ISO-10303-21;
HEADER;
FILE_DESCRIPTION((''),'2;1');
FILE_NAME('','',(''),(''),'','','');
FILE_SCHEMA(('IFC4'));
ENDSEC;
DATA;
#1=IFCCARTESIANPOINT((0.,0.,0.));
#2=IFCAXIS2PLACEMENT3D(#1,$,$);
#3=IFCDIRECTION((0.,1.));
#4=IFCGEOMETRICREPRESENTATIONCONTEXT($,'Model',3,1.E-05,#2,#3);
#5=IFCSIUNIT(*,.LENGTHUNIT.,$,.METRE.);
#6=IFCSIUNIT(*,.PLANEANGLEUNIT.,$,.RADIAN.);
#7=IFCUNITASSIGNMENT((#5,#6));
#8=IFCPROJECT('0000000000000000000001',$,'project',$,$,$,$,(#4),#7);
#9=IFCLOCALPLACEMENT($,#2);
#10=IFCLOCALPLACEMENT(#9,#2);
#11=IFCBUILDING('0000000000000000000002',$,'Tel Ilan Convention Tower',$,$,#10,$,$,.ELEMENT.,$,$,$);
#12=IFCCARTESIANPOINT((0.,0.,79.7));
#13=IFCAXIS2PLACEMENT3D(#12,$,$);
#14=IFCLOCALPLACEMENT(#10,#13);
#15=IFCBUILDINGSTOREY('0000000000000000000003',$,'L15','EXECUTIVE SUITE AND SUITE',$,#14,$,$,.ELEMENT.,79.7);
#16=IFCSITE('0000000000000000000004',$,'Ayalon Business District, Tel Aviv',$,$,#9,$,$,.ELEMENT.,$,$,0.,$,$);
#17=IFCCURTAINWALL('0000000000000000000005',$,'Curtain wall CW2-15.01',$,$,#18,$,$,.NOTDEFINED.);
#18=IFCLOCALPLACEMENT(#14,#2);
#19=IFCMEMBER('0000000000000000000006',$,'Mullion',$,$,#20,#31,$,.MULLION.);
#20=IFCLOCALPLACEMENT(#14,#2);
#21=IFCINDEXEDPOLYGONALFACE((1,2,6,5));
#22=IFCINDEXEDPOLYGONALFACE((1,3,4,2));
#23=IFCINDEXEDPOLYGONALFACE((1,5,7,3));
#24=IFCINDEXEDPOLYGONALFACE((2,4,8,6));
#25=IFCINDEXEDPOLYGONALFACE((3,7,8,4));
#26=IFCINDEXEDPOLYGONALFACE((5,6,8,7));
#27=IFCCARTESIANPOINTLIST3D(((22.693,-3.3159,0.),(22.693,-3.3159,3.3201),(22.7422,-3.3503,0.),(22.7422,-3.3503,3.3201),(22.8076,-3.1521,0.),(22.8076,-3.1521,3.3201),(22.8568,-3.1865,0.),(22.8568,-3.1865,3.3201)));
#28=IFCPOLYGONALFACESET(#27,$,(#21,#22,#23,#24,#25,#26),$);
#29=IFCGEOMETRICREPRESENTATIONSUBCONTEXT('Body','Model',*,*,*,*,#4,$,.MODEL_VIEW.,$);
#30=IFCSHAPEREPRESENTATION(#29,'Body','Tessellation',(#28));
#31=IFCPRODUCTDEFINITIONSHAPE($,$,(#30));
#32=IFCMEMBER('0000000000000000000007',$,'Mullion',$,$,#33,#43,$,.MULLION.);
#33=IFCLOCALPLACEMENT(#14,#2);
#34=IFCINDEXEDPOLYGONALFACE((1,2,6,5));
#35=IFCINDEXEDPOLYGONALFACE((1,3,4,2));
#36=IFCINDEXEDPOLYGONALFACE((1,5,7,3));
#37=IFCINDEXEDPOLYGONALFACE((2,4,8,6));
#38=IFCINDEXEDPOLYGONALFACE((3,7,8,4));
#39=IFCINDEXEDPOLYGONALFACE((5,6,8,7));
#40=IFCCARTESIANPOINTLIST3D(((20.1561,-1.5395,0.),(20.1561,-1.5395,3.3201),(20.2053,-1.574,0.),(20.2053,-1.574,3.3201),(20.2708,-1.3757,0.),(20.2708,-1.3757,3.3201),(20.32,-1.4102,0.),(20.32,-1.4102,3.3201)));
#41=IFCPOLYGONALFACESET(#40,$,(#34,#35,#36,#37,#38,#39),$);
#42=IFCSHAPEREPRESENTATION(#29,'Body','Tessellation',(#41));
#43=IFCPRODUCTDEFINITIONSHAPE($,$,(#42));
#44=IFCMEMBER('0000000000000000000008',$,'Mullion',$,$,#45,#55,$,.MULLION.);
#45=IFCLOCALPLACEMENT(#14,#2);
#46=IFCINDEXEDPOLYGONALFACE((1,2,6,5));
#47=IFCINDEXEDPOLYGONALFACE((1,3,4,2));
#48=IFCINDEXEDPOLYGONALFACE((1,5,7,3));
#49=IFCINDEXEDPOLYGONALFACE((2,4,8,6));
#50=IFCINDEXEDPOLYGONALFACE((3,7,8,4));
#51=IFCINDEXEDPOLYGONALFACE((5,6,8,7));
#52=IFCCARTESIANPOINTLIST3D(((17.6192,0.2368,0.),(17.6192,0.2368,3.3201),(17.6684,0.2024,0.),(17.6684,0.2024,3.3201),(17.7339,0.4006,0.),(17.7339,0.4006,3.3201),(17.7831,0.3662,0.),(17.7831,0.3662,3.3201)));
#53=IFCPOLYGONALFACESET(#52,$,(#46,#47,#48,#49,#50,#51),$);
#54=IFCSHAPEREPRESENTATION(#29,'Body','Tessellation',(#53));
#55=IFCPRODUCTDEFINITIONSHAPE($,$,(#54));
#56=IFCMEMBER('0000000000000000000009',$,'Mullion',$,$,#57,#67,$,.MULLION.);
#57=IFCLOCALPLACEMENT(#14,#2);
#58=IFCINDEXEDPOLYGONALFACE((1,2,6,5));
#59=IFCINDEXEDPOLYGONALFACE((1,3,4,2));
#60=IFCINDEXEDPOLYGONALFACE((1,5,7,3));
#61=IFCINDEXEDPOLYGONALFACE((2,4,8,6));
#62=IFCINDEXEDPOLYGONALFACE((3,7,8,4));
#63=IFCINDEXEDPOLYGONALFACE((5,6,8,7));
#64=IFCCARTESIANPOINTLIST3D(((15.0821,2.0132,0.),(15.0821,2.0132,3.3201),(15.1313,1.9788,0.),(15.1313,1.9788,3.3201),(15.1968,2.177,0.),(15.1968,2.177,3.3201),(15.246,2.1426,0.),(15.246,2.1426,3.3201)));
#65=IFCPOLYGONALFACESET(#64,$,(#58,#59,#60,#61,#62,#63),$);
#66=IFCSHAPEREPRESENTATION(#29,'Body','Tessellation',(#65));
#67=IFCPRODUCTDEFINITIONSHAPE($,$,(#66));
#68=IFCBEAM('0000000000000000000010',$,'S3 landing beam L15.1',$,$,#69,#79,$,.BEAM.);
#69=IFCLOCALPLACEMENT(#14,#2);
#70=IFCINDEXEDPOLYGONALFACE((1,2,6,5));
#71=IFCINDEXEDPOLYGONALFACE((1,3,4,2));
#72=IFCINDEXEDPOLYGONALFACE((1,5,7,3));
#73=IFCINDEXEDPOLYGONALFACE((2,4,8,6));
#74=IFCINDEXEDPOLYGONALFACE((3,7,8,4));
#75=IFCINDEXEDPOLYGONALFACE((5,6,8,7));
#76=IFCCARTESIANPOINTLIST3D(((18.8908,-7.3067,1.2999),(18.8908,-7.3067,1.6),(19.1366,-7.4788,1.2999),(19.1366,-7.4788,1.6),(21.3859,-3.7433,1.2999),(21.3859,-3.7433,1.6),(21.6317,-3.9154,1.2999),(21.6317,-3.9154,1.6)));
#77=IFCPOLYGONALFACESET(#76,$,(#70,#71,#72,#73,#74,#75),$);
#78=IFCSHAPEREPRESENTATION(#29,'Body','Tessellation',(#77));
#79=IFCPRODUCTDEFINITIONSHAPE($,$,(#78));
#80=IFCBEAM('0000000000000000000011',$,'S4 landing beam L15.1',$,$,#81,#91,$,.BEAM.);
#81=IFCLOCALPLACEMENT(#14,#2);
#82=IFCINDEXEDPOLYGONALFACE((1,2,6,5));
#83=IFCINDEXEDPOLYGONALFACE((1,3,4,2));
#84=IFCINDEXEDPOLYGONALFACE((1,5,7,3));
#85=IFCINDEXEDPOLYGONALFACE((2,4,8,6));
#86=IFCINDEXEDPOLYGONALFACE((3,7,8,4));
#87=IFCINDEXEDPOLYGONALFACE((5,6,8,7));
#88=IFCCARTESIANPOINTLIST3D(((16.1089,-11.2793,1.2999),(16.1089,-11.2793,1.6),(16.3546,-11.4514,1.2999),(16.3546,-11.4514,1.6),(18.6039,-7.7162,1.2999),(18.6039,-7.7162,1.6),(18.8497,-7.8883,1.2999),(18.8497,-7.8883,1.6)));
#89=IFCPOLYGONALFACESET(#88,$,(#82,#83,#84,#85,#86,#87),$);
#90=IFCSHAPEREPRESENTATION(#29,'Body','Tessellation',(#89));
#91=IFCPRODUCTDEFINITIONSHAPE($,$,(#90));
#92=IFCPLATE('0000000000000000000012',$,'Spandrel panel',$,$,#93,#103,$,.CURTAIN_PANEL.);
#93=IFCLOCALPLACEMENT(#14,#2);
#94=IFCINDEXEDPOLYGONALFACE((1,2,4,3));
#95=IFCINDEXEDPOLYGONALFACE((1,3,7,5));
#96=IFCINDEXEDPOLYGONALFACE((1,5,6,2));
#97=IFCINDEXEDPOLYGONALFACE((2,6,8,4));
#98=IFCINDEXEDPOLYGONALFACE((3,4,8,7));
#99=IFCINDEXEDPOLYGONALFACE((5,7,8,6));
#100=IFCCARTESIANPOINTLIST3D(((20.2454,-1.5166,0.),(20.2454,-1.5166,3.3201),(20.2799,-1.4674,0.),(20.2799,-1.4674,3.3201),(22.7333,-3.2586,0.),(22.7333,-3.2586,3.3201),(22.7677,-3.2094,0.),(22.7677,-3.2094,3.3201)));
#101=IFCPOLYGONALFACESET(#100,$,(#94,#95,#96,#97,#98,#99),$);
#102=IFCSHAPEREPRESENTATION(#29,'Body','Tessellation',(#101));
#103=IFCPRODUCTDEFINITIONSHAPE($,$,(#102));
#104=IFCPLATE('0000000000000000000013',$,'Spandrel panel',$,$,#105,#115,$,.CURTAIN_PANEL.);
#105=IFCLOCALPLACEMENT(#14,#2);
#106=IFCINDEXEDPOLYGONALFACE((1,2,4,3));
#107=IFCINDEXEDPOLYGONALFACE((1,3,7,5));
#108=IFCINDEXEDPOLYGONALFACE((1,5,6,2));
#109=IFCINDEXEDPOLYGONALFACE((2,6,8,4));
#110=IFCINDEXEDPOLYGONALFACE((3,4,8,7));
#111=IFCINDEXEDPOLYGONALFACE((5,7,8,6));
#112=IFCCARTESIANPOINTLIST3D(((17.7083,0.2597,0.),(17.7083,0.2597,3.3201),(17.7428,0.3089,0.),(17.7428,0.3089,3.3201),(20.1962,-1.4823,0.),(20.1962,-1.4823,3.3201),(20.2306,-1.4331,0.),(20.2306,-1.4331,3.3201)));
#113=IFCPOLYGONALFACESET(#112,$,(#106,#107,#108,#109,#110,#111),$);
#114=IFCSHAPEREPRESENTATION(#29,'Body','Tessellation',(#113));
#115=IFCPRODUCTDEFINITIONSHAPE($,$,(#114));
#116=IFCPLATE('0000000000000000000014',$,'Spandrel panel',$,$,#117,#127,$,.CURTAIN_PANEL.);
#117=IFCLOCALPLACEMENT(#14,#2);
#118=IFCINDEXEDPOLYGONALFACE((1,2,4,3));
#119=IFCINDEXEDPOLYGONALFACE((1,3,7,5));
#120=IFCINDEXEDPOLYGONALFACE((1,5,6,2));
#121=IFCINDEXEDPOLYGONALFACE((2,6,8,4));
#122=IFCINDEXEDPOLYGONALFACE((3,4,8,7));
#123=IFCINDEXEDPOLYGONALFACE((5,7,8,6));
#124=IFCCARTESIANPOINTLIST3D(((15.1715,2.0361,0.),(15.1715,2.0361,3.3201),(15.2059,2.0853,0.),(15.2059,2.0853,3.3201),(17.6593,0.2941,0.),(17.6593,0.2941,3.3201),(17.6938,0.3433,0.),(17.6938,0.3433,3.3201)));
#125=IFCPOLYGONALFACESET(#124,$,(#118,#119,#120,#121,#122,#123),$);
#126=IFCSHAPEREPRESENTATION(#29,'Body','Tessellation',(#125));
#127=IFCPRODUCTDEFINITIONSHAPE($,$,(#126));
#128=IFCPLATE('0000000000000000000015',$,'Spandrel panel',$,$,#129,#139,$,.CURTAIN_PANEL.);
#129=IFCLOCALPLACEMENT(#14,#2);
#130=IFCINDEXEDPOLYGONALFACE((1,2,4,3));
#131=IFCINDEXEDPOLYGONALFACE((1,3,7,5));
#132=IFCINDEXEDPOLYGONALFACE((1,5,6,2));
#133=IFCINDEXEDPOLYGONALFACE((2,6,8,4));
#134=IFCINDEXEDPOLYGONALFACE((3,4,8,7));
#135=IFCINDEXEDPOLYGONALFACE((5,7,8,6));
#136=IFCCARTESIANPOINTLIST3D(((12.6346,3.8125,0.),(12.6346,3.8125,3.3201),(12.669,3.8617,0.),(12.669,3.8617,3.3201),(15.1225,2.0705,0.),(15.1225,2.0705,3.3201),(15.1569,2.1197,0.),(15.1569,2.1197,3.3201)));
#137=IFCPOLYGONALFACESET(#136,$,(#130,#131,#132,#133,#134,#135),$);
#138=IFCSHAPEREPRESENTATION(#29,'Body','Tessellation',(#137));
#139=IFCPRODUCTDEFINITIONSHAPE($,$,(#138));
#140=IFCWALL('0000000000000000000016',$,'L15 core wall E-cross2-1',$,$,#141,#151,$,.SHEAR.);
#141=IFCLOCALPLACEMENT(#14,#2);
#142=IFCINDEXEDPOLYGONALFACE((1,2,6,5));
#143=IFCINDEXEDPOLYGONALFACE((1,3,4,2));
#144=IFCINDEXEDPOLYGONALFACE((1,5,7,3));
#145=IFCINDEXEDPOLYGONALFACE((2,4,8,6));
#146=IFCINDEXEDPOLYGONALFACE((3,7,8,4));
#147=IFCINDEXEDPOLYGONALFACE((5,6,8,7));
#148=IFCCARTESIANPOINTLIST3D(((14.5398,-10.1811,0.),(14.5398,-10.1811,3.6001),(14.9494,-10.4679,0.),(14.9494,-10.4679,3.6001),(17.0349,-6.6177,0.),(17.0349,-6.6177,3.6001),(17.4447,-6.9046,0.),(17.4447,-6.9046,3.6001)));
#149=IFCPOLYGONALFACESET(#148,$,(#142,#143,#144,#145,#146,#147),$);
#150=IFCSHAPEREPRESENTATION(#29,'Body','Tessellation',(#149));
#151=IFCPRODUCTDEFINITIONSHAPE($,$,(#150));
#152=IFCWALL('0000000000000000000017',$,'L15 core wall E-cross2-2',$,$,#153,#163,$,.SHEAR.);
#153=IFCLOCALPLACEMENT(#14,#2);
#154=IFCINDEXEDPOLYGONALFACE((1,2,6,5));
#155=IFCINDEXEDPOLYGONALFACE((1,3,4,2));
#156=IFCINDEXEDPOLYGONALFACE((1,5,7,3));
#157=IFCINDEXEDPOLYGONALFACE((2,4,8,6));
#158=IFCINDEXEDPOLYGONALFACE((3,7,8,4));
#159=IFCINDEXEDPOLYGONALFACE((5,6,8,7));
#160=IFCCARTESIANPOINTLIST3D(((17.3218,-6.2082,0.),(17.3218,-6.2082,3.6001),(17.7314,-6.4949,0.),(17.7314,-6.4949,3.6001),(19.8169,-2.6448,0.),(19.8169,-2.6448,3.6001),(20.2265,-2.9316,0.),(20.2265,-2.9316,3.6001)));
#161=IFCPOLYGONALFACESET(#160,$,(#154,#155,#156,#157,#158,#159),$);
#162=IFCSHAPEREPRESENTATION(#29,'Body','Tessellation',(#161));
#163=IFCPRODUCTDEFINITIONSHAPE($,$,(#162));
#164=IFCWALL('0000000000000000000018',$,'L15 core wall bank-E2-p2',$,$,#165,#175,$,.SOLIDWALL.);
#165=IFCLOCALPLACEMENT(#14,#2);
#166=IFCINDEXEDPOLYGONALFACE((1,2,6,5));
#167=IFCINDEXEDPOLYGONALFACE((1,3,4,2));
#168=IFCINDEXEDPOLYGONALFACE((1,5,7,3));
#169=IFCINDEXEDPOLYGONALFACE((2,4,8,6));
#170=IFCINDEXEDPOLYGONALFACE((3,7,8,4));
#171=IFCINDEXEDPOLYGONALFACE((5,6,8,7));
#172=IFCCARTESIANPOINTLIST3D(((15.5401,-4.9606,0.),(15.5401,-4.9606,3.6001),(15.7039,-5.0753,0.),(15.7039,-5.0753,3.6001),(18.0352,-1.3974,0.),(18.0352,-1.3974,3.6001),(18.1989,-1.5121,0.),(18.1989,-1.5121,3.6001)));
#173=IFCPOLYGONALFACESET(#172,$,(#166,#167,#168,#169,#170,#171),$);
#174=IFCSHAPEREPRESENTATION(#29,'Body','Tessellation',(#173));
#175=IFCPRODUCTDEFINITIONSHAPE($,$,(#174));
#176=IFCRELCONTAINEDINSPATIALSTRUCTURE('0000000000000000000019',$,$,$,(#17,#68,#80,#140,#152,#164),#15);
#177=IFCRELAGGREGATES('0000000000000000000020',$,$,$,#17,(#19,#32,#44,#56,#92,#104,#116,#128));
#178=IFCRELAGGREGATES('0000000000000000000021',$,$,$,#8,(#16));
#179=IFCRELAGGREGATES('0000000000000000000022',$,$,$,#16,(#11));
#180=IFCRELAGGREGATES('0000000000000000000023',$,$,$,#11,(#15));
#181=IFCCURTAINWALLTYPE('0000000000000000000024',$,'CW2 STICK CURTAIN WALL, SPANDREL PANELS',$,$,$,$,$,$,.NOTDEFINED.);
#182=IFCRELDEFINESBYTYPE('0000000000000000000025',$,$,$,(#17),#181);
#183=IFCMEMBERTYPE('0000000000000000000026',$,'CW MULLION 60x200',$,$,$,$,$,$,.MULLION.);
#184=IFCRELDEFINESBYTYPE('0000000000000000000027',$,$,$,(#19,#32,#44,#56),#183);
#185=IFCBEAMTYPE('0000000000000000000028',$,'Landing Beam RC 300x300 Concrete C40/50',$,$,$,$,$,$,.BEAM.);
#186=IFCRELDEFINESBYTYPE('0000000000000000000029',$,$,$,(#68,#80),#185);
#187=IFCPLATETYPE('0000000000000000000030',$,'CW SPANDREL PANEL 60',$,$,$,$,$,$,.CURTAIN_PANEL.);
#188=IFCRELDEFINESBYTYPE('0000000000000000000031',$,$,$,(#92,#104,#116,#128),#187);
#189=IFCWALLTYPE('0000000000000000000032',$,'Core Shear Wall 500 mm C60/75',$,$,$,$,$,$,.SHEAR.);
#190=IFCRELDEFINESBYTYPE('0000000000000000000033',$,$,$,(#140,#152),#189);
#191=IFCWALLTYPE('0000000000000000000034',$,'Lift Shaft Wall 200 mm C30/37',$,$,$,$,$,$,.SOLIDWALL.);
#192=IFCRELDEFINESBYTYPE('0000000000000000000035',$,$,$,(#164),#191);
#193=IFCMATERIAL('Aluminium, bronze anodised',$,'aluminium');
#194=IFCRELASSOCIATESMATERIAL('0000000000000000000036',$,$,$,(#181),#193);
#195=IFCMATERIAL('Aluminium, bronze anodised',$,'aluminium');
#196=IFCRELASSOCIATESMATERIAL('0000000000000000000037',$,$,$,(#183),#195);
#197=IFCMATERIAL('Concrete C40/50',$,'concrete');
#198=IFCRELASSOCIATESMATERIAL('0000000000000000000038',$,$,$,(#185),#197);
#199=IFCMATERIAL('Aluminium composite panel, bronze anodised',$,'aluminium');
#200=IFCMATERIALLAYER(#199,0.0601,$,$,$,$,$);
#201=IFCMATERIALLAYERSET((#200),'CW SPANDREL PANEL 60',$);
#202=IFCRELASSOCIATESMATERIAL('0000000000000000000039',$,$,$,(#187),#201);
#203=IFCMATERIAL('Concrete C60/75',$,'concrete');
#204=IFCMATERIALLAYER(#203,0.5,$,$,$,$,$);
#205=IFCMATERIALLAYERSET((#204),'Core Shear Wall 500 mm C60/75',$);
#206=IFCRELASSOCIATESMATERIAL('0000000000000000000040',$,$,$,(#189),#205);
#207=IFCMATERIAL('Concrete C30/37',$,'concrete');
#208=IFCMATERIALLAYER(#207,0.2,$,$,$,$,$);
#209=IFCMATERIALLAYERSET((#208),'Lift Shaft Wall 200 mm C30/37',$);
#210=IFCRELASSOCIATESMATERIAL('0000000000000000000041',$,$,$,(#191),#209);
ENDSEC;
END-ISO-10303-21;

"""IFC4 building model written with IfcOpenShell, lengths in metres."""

from ifc_helpers import new_model, si_unit, direction, frame, frame_2d, origin, origin_2d, place, context, subcontext, project, spatial, polyline, rectangle, outline, extrude, material, layer, layer_set, material_profile, profile_set, type_object, element, aggregate, save


model = new_model("IFC4")

# Units and contexts
model_context = context("Model", 3, precision=1e-05, world=origin(), true_north=direction((0.0, 1.0)))
body_context = subcontext(model_context, "Body", "Model", "MODEL_VIEW")
ifc_project = project(units=[si_unit("LENGTHUNIT", "METRE"), si_unit("PLANEANGLEUNIT", "RADIAN")], contexts=[model_context])

# Site, building, storey
site_placement = place(None, origin())
site = spatial("IfcSite", under=ifc_project, at=site_placement, Name="Ayalon Business District, Tel Aviv", CompositionType="ELEMENT", RefElevation=0.0)
building_placement = place(site_placement, origin())
building = spatial("IfcBuilding", under=site, at=building_placement, Name="Tel Ilan Convention Tower", CompositionType="ELEMENT")
storey_placement = place(building_placement, frame((0.0, 0.0, 79.7)))
storey = spatial("IfcBuildingStorey", under=building, at=storey_placement, Name="L15", Description="EXECUTIVE SUITE AND SUITE", CompositionType="ELEMENT", Elevation=79.7)

# Curtain wall, members
ifc_material_1 = material(Name="Aluminium, bronze anodised", Category="aluminium")
curtain_wall_type = type_object("IfcCurtainWallType", Name="CW2 STICK CURTAIN WALL, SPANDREL PANELS", PredefinedType="NOTDEFINED", material=ifc_material_1)
curtain_wall_placement = place(storey_placement, origin())
curtain_wall = element("IfcCurtainWall", 1, at=curtain_wall_placement, inside=storey, type_object=curtain_wall_type, Name="Curtain wall CW2-15.01", PredefinedType="NOTDEFINED")
ifc_material_2 = material(Name="Aluminium, bronze anodised", Category="aluminium")
ifc_material_profile_1 = material_profile(ifc_material_2, rectangle(XDim=0.0601, YDim=0.2, at=origin_2d()), Name="CW MULLION 60x200")
ifc_profile_set_1 = profile_set([ifc_material_profile_1], Name="Aluminium, bronze anodised")
member_type = type_object("IfcMemberType", Name="CW MULLION 60x200", PredefinedType="MULLION", material=ifc_profile_set_1)
member_1_placement = place(storey_placement, frame((22.7749, -3.2512, 0.0), z_axis=(0.0, 0.0, 1.0), x_axis=(-0.819152, 0.573576, 0.0)))
member_1 = element("IfcMember", 2, at=member_1_placement, type_object=member_type, Name="Mullion", PredefinedType="MULLION", context=body_context, shape_type="SweptSolid", body=[
    extrude(rectangle(XDim=0.0601, YDim=0.2, at=origin_2d()), origin(), (0.0, 0.0, 1.0), 3.3201),
])
member_2_placement = place(storey_placement, frame((20.238, -1.4749, 0.0), z_axis=(0.0, 0.0, 1.0), x_axis=(-0.819152, 0.573576, 0.0)))
member_2 = element("IfcMember", 3, at=member_2_placement, type_object=member_type, Name="Mullion", PredefinedType="MULLION", context=body_context, shape_type="SweptSolid", body=[
    extrude(rectangle(XDim=0.0601, YDim=0.2, at=origin_2d()), origin(), (0.0, 0.0, 1.0), 3.3201),
])
member_3_placement = place(storey_placement, frame((17.7012, 0.3015, 0.0), z_axis=(0.0, 0.0, 1.0), x_axis=(-0.819152, 0.573576, 0.0)))
member_3 = element("IfcMember", 4, at=member_3_placement, type_object=member_type, Name="Mullion", PredefinedType="MULLION", context=body_context, shape_type="SweptSolid", body=[
    extrude(rectangle(XDim=0.0601, YDim=0.2, at=origin_2d()), origin(), (0.0, 0.0, 1.0), 3.3201),
])
member_4_placement = place(storey_placement, frame((15.1641, 2.0779, 0.0), z_axis=(0.0, 0.0, 1.0), x_axis=(-0.819152, 0.573576, 0.0)))
member_4 = element("IfcMember", 5, at=member_4_placement, type_object=member_type, Name="Mullion", PredefinedType="MULLION", context=body_context, shape_type="SweptSolid", body=[
    extrude(rectangle(XDim=0.0601, YDim=0.2, at=origin_2d()), origin(), (0.0, 0.0, 1.0), 3.3201),
])

# Beams
ifc_material_3 = material(Name="Concrete C40/50", Category="concrete")
ifc_material_profile_2 = material_profile(ifc_material_3, rectangle(XDim=0.3, YDim=0.3, at=origin_2d()), Name="RC 300x300")
ifc_profile_set_2 = profile_set([ifc_material_profile_2], Name="Concrete C40/50")
beam_type = type_object("IfcBeamType", Name="Landing Beam RC 300x300 Concrete C40/50", PredefinedType="BEAM", material=ifc_profile_set_2)
beam_1_placement = place(storey_placement, frame((21.5088, -3.8293, 1.45), z_axis=(-0.573568, -0.819158, 0.0), x_axis=(0.819158, -0.573568, 0.0)))
element("IfcBeam", 6, at=beam_1_placement, inside=storey, type_object=beam_type, Name="S3 landing beam L15.1", PredefinedType="BEAM", context=body_context, shape_type="SweptSolid", body=[
    extrude(rectangle(XDim=0.3, YDim=0.3, at=origin_2d()), origin(), (0.0, 0.0, 1.0), 4.3501),
])
beam_2_placement = place(storey_placement, frame((18.7268, -7.8022, 1.45), z_axis=(-0.573594, -0.81914, 0.0), x_axis=(0.81914, -0.573594, 0.0)))
element("IfcBeam", 7, at=beam_2_placement, inside=storey, type_object=beam_type, Name="S4 landing beam L15.1", PredefinedType="BEAM", context=body_context, shape_type="SweptSolid", body=[
    extrude(rectangle(XDim=0.3, YDim=0.3, at=origin_2d()), origin(), (0.0, 0.0, 1.0), 4.3499),
])

# Plates
ifc_material_4 = material(Name="Aluminium composite panel, bronze anodised", Category="aluminium")
ifc_layer_1 = layer(ifc_material_4, 0.0601)
ifc_layer_set_1 = layer_set([ifc_layer_1], Name="CW SPANDREL PANEL 60")
plate_type = type_object("IfcPlateType", Name="CW SPANDREL PANEL 60", PredefinedType="CURTAIN_PANEL", material=ifc_layer_set_1)
plate_1_placement = place(storey_placement, frame((21.5066, -2.363, 0.0), z_axis=(0.0, 0.0, 1.0), x_axis=(-0.819152, 0.573576, 0.0)))
plate_1 = element("IfcPlate", 8, at=plate_1_placement, type_object=plate_type, Name="Spandrel panel", PredefinedType="CURTAIN_PANEL", context=body_context, shape_type="SweptSolid", body=[
    extrude(rectangle(XDim=3.0371, YDim=0.0601, at=origin_2d()), origin(), (0.0, 0.0, 1.0), 3.3201),
])
plate_2_placement = place(storey_placement, frame((18.9695, -0.5867, 0.0), z_axis=(0.0, 0.0, 1.0), x_axis=(-0.819152, 0.573576, 0.0)))
plate_2 = element("IfcPlate", 9, at=plate_2_placement, type_object=plate_type, Name="Spandrel panel", PredefinedType="CURTAIN_PANEL", context=body_context, shape_type="SweptSolid", body=[
    extrude(rectangle(XDim=3.0371, YDim=0.0601, at=origin_2d()), origin(), (0.0, 0.0, 1.0), 3.3201),
])
plate_3_placement = place(storey_placement, frame((16.4326, 1.1897, 0.0), z_axis=(0.0, 0.0, 1.0), x_axis=(-0.819152, 0.573576, 0.0)))
plate_3 = element("IfcPlate", 10, at=plate_3_placement, type_object=plate_type, Name="Spandrel panel", PredefinedType="CURTAIN_PANEL", context=body_context, shape_type="SweptSolid", body=[
    extrude(rectangle(XDim=3.0371, YDim=0.0601, at=origin_2d()), origin(), (0.0, 0.0, 1.0), 3.3201),
])
plate_4_placement = place(storey_placement, frame((13.8958, 2.9661, 0.0), z_axis=(0.0, 0.0, 1.0), x_axis=(-0.819152, 0.573576, 0.0)))
plate_4 = element("IfcPlate", 11, at=plate_4_placement, type_object=plate_type, Name="Spandrel panel", PredefinedType="CURTAIN_PANEL", context=body_context, shape_type="SweptSolid", body=[
    extrude(rectangle(XDim=3.0371, YDim=0.0601, at=origin_2d()), origin(), (0.0, 0.0, 1.0), 3.3201),
])
aggregate(curtain_wall, [member_1, member_2, member_3, member_4, plate_1, plate_2, plate_3, plate_4])

# Walls
ifc_material_5 = material(Name="Concrete C60/75", Category="concrete")
ifc_layer_2 = layer(ifc_material_5, 0.5)
ifc_layer_set_2 = layer_set([ifc_layer_2], Name="Core Shear Wall 500 mm C60/75")
wall_type_1 = type_object("IfcWallType", Name="Core Shear Wall 500 mm C60/75", PredefinedType="SHEAR", material=ifc_layer_set_2)
wall_1_placement = place(storey_placement, frame((14.7446, -10.3245, 0.0), z_axis=(0.0, 0.0, 1.0), x_axis=(0.573568, 0.819158, 0.0)))
element("IfcWall", 12, at=wall_1_placement, inside=storey, type_object=wall_type_1, Name="L15 core wall E-cross2-1", PredefinedType="SHEAR", context=body_context, shape_type="SweptSolid", body=[
    extrude(outline(polyline([(0.0, 0.25), (0.0, -0.25), (4.3501, -0.2502), (4.3501, 0.25), (0.0, 0.25)])), origin(), (0.0, 0.0, 1.0), 3.6001),
])
wall_2_placement = place(storey_placement, frame((17.5266, -6.3516, 0.0), z_axis=(0.0, 0.0, 1.0), x_axis=(0.57353, 0.819184, 0.0)))
element("IfcWall", 13, at=wall_2_placement, inside=storey, type_object=wall_type_1, Name="L15 core wall E-cross2-2", PredefinedType="SHEAR", context=body_context, shape_type="SweptSolid", body=[
    extrude(outline(polyline([(4.3501, -0.2502), (4.3501, 0.2498), (0.0, 0.25), (0.0, -0.25), (4.3501, -0.2502)])), origin(), (0.0, 0.0, 1.0), 3.6001),
])
ifc_material_6 = material(Name="Concrete C30/37", Category="concrete")
ifc_layer_3 = layer(ifc_material_6, 0.2)
ifc_layer_set_3 = layer_set([ifc_layer_3], Name="Lift Shaft Wall 200 mm C30/37")
wall_type_2 = type_object("IfcWallType", Name="Lift Shaft Wall 200 mm C30/37", PredefinedType="SOLIDWALL", material=ifc_layer_set_3)
wall_3_placement = place(storey_placement, frame((15.6221, -5.0178, 0.0), z_axis=(0.0, 0.0, 1.0), x_axis=(0.573594, 0.81914, 0.0)))
element("IfcWall", 14, at=wall_3_placement, inside=storey, type_object=wall_type_2, Name="L15 core wall bank-E2-p2", PredefinedType="SOLIDWALL", context=body_context, shape_type="SweptSolid", body=[
    extrude(rectangle(XDim=4.3499, YDim=0.2, at=frame_2d((2.1748, 0.0))), origin(), (0.0, 0.0, 1.0), 3.6001),
])

save(model, "model.ifc")
